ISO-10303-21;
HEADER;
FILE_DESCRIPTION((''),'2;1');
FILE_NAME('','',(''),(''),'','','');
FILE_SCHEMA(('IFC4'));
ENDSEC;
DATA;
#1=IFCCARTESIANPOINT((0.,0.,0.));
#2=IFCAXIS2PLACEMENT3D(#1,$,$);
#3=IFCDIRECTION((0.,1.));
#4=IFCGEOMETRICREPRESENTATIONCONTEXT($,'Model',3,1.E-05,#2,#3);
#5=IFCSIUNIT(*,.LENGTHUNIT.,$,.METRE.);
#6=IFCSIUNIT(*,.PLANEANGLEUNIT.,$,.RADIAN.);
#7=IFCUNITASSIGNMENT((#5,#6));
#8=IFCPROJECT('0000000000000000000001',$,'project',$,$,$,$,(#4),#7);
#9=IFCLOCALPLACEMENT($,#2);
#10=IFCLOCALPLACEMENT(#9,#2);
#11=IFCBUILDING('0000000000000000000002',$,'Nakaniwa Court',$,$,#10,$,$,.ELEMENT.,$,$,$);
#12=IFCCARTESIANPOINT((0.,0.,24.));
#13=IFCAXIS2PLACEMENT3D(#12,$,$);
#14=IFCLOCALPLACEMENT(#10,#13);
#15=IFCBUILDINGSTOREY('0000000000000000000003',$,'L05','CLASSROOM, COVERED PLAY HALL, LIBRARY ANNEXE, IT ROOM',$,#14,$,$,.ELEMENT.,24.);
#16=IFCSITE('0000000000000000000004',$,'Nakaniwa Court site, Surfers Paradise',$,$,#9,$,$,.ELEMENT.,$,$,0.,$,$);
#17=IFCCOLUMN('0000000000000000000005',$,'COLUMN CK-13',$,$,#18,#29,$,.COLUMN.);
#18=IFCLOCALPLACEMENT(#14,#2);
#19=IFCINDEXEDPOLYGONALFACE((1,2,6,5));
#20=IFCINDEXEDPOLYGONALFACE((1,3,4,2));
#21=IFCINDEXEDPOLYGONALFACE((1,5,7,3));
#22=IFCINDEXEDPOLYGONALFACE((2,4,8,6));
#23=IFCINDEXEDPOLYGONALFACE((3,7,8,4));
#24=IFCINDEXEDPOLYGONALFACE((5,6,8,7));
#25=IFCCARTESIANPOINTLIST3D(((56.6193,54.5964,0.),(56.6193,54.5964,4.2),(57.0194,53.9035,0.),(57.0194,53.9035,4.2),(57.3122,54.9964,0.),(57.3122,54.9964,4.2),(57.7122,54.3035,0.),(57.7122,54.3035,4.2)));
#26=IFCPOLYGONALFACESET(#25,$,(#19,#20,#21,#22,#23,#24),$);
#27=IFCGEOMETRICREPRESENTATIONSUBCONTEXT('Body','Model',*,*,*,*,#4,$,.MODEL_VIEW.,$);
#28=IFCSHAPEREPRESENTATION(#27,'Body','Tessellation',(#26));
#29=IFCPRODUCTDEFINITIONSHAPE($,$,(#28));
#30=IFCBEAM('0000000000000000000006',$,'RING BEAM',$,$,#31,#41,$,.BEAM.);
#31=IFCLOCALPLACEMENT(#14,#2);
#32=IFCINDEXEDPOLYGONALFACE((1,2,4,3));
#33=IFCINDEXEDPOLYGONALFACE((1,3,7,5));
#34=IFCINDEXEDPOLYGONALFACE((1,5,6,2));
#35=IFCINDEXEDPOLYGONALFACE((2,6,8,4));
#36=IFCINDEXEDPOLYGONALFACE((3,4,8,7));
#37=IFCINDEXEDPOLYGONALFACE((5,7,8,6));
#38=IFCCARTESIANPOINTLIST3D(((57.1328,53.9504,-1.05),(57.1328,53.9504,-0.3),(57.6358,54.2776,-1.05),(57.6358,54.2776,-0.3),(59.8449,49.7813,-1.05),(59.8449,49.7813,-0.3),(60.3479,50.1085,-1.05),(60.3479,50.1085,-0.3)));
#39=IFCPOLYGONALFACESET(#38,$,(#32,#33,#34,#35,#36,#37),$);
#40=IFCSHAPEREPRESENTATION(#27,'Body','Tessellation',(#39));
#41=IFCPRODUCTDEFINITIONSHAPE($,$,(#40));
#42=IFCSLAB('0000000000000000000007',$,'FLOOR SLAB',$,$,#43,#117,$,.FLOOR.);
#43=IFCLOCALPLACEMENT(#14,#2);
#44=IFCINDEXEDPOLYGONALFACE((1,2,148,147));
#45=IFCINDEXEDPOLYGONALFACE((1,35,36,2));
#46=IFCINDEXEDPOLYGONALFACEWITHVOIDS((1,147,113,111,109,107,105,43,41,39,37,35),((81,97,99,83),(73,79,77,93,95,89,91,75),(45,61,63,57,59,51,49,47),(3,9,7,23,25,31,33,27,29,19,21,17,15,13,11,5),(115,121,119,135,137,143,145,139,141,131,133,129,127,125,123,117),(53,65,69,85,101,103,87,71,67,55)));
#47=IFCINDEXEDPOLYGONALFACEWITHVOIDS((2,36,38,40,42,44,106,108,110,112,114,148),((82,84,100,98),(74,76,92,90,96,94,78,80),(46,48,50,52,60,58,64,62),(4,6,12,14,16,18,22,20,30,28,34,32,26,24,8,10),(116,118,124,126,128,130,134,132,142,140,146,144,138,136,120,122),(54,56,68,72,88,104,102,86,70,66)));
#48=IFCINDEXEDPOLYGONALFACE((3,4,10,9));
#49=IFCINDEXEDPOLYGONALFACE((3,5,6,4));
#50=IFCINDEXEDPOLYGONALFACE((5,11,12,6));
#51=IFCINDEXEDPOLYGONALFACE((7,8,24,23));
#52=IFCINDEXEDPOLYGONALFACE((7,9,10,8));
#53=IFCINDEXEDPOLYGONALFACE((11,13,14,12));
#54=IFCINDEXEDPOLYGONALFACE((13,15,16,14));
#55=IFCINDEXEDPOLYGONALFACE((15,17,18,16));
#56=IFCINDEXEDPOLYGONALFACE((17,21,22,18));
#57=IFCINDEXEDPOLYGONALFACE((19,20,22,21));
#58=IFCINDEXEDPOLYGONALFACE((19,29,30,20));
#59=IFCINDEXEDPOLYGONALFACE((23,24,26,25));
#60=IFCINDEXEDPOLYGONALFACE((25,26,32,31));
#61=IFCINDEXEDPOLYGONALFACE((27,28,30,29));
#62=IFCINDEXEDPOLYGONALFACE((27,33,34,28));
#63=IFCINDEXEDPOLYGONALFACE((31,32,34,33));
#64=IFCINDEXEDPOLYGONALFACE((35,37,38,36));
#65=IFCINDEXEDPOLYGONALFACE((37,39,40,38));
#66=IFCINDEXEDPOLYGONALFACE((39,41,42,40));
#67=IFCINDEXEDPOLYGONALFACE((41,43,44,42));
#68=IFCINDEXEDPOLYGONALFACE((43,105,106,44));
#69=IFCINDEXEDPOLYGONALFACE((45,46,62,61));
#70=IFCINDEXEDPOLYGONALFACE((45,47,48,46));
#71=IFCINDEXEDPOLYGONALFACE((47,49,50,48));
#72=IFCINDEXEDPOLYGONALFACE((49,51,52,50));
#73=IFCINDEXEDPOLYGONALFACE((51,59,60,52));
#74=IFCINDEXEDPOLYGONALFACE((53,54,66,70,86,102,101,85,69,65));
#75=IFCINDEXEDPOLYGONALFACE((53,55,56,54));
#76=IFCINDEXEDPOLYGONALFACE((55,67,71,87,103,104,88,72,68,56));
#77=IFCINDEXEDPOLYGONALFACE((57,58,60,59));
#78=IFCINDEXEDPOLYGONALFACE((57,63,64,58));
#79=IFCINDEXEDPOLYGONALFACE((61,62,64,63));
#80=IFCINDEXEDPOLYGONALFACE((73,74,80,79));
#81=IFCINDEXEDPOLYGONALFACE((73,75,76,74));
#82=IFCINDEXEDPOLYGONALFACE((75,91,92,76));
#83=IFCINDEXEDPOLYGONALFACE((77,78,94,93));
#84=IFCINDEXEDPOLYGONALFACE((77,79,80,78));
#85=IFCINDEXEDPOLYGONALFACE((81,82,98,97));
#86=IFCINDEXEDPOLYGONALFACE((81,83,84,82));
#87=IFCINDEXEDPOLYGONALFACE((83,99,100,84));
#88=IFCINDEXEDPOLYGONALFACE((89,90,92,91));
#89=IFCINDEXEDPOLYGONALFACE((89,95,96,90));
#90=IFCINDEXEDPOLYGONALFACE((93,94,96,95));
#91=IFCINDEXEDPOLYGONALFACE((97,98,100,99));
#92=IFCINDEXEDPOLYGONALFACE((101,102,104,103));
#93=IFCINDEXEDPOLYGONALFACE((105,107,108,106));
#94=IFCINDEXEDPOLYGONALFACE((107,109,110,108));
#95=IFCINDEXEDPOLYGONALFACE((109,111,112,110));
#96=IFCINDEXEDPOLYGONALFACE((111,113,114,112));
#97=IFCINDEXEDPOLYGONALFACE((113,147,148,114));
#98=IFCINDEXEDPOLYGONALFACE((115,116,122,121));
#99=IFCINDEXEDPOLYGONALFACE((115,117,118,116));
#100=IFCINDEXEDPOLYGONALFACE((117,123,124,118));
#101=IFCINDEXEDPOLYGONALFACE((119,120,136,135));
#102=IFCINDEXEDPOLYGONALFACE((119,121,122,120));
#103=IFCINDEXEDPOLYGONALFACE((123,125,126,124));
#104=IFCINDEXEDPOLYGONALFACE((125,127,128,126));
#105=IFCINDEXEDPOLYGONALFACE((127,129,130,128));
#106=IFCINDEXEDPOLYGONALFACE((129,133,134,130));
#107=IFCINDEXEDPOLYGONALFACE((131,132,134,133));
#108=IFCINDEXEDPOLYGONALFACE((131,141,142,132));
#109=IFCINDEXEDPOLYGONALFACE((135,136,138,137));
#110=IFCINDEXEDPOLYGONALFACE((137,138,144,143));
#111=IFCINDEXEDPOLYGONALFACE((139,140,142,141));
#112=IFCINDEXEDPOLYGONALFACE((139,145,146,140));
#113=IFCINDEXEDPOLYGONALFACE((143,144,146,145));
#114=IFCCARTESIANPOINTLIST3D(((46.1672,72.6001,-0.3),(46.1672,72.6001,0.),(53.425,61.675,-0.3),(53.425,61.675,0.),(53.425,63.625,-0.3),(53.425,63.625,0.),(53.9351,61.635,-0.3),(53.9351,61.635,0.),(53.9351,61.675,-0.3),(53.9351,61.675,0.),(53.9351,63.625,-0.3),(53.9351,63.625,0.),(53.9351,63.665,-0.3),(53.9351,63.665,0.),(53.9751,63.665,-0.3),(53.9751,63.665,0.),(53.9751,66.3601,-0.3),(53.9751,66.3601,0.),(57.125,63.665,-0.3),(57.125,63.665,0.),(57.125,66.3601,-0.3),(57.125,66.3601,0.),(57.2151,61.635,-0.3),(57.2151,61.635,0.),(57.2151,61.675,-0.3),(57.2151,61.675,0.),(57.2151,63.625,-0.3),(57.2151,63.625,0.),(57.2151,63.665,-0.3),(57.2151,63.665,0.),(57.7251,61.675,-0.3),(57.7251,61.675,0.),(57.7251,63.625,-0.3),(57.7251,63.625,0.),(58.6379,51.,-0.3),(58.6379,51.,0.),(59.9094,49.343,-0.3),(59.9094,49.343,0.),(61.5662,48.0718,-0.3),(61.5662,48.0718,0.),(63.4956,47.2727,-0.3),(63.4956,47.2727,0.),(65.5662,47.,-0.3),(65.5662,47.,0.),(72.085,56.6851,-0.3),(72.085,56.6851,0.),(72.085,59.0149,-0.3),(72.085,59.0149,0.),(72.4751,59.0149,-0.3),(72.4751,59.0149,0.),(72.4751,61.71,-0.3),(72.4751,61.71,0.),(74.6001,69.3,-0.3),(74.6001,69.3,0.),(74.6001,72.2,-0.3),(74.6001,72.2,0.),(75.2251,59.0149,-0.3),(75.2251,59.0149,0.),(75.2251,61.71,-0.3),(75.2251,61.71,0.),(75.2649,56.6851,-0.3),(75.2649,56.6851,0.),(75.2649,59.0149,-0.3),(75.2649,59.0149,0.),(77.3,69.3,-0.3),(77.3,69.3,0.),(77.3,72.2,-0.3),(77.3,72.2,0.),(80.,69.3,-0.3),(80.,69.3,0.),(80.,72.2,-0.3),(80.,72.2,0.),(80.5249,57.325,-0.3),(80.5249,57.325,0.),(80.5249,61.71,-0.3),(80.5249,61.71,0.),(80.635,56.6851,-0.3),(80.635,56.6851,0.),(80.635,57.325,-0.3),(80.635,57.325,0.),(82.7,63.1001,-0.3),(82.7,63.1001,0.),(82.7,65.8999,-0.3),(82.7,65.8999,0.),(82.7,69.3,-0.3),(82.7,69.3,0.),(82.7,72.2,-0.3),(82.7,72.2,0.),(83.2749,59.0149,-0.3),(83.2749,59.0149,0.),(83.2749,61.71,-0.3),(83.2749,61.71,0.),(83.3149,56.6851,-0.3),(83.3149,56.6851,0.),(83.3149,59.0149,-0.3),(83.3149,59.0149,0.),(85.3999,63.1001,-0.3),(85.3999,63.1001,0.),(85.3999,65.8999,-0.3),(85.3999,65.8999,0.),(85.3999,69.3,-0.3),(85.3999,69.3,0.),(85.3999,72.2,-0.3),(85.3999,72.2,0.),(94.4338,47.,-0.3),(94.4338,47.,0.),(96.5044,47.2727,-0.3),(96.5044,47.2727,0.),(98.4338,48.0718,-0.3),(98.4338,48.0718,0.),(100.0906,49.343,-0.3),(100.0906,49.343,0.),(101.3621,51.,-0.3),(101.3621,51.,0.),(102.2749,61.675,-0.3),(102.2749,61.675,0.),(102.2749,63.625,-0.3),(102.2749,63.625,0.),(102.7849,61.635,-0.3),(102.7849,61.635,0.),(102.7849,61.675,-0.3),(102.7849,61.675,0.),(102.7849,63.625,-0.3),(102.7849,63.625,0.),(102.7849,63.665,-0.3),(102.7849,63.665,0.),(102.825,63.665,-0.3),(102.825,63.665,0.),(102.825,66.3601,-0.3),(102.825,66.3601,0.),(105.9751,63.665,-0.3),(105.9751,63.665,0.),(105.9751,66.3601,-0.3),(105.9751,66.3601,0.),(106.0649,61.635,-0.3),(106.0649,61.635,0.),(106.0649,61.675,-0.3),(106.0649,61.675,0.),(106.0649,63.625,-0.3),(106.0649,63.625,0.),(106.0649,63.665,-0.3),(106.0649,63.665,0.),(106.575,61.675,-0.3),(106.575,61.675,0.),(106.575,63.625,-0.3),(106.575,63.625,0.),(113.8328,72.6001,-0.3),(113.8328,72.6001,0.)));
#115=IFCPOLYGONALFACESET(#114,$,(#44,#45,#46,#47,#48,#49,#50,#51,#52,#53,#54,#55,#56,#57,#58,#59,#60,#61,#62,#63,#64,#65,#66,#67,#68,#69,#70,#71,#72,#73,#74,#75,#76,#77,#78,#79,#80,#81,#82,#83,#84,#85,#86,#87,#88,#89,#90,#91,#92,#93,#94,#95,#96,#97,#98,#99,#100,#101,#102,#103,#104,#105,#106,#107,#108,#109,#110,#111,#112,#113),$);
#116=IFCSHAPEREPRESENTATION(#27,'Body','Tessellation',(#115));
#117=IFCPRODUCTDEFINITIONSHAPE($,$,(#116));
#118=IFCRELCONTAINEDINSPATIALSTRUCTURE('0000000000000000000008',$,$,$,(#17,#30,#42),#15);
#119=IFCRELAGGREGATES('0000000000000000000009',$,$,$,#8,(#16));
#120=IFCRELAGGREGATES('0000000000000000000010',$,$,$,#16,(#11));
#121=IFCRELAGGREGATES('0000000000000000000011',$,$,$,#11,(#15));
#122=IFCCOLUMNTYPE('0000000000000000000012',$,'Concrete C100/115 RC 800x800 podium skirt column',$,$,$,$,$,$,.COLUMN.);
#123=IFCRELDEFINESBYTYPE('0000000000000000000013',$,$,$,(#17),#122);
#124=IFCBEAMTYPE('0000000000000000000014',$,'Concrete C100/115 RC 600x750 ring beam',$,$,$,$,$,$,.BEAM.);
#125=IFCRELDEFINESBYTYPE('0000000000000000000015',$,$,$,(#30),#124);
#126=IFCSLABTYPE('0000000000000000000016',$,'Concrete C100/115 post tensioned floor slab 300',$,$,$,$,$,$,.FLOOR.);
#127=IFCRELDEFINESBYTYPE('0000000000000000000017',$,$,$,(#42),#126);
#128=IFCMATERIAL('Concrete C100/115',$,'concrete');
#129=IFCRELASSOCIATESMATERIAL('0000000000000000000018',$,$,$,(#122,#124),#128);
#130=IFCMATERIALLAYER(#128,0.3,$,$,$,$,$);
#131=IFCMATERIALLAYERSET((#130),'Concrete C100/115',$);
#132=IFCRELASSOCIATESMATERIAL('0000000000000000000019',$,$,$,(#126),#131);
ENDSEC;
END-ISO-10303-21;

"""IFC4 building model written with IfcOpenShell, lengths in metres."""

from ifc_helpers import new_model, si_unit, direction, frame, origin, origin_2d, place, context, subcontext, project, spatial, polyline, rectangle, outline, extrude, material, layer, layer_set, material_profile, profile_set, type_object, element, save


model = new_model("IFC4")

# Units and contexts
model_context = context("Model", 3, precision=1e-05, world=origin(), true_north=direction((0.0, 1.0)))
body_context = subcontext(model_context, "Body", "Model", "MODEL_VIEW")
ifc_project = project(units=[si_unit("LENGTHUNIT", "METRE"), si_unit("PLANEANGLEUNIT", "RADIAN")], contexts=[model_context])

# Site, building, storey
site_placement = place(None, origin())
site = spatial("IfcSite", under=ifc_project, at=site_placement, Name="Nakaniwa Court site, Surfers Paradise", CompositionType="ELEMENT", RefElevation=0.0)
building_placement = place(site_placement, origin())
building = spatial("IfcBuilding", under=site, at=building_placement, Name="Nakaniwa Court", CompositionType="ELEMENT")
storey_placement = place(building_placement, frame((0.0, 0.0, 24.0)))
storey = spatial("IfcBuildingStorey", under=building, at=storey_placement, Name="L05", Description="CLASSROOM, COVERED PLAY HALL, LIBRARY ANNEXE, IT ROOM", CompositionType="ELEMENT", Elevation=24.0)

# Column
ifc_material_1 = material(Name="Concrete C100/115", Category="concrete")
ifc_material_profile_1 = material_profile(ifc_material_1, rectangle(XDim=0.8, YDim=0.8, at=origin_2d()), Name="Concrete C100/115 RC 800x800 podium skirt column")
ifc_profile_set_1 = profile_set([ifc_material_profile_1], Name="Concrete C100/115")
column_type = type_object("IfcColumnType", Name="Concrete C100/115 RC 800x800 podium skirt column", PredefinedType="COLUMN", material=ifc_profile_set_1)
column_placement = place(storey_placement, frame((57.1658, 54.45, 0.0), z_axis=(0.0, 0.0, 1.0), x_axis=(0.5, -0.866025, 0.0)))
element("IfcColumn", 1, at=column_placement, inside=storey, type_object=column_type, Name="COLUMN CK-13", PredefinedType="COLUMN", context=body_context, shape_type="SweptSolid", body=[
    extrude(rectangle(XDim=0.8, YDim=0.8, at=origin_2d()), origin(), (0.0, 0.0, 1.0), 4.2),
])

# Beam
ifc_material_profile_2 = material_profile(ifc_material_1, rectangle(XDim=0.6001, YDim=0.75, at=origin_2d()), Name="Concrete C100/115 RC 600x750 ring beam")
ifc_profile_set_2 = profile_set([ifc_material_profile_2], Name="Concrete C100/115")
beam_type = type_object("IfcBeamType", Name="Concrete C100/115 RC 600x750 ring beam", PredefinedType="BEAM", material=ifc_profile_set_2)
beam_placement = place(storey_placement, frame((57.3843, 54.114, -0.675), z_axis=(0.545297, -0.838243, 0.0), x_axis=(0.838243, 0.545297, 0.0)))
element("IfcBeam", 2, at=beam_placement, inside=storey, type_object=beam_type, Name="RING BEAM", PredefinedType="BEAM", context=body_context, shape_type="SweptSolid", body=[
    extrude(rectangle(XDim=0.6001, YDim=0.75, at=origin_2d()), origin(), (0.0, 0.0, 1.0), 4.9736),
])

# Slab
ifc_layer_1 = layer(ifc_material_1, 0.3)
ifc_layer_set_1 = layer_set([ifc_layer_1], Name="Concrete C100/115")
slab_type_1 = type_object("IfcSlabType", Name="Concrete C100/115 post tensioned floor slab 300", PredefinedType="FLOOR", material=ifc_layer_set_1)
slab_1_placement = place(storey_placement, frame((0.0, 0.0, -0.3)))
element("IfcSlab", 3, at=slab_1_placement, inside=storey, type_object=slab_type_1, Name="FLOOR SLAB", PredefinedType="FLOOR", context=body_context, shape_type="SweptSolid", body=[
    extrude(outline(polyline([(101.3621, 51.0), (113.8328, 72.6001), (46.1672, 72.6001), (58.6379, 51.0), (59.9094, 49.343), (61.5662, 48.0718), (63.4956, 47.2727), (65.5662, 47.0), (94.4338, 47.0), (96.5044, 47.2727), (98.4338, 48.0718), (100.0906, 49.343), (101.3621, 51.0)]), holes=[polyline([(72.085, 59.0149), (72.085, 56.6851), (75.2649, 56.6851), (75.2649, 59.0149), (75.2251, 59.0149), (75.2251, 61.71), (72.4751, 61.71), (72.4751, 59.0149), (72.085, 59.0149)]), polyline([(53.9351, 61.675), (53.9351, 61.635), (57.2151, 61.635), (57.2151, 61.675), (57.7251, 61.675), (57.7251, 63.625), (57.2151, 63.625), (57.2151, 63.665), (57.125, 63.665), (57.125, 66.3601), (53.9751, 66.3601), (53.9751, 63.665), (53.9351, 63.665), (53.9351, 63.625), (53.425, 63.625), (53.425, 61.675), (53.9351, 61.675)]), polyline([(77.3, 69.3), (80.0, 69.3), (82.7, 69.3), (85.3999, 69.3), (85.3999, 72.2), (82.7, 72.2), (80.0, 72.2), (77.3, 72.2), (74.6001, 72.2), (74.6001, 69.3), (77.3, 69.3)]), polyline([(80.5249, 57.325), (80.635, 57.325), (80.635, 56.6851), (83.3149, 56.6851), (83.3149, 59.0149), (83.2749, 59.0149), (83.2749, 61.71), (80.5249, 61.71), (80.5249, 57.325)]), polyline([(102.7849, 61.675), (102.7849, 61.635), (106.0649, 61.635), (106.0649, 61.675), (106.575, 61.675), (106.575, 63.625), (106.0649, 63.625), (106.0649, 63.665), (105.9751, 63.665), (105.9751, 66.3601), (102.825, 66.3601), (102.825, 63.665), (102.7849, 63.665), (102.7849, 63.625), (102.2749, 63.625), (102.2749, 61.675), (102.7849, 61.675)]), polyline([(85.3999, 63.1001), (85.3999, 65.8999), (82.7, 65.8999), (82.7, 63.1001), (85.3999, 63.1001)])]), origin(), (0.0, 0.0, 1.0), 0.3),
])

save(model, "model.ifc")
